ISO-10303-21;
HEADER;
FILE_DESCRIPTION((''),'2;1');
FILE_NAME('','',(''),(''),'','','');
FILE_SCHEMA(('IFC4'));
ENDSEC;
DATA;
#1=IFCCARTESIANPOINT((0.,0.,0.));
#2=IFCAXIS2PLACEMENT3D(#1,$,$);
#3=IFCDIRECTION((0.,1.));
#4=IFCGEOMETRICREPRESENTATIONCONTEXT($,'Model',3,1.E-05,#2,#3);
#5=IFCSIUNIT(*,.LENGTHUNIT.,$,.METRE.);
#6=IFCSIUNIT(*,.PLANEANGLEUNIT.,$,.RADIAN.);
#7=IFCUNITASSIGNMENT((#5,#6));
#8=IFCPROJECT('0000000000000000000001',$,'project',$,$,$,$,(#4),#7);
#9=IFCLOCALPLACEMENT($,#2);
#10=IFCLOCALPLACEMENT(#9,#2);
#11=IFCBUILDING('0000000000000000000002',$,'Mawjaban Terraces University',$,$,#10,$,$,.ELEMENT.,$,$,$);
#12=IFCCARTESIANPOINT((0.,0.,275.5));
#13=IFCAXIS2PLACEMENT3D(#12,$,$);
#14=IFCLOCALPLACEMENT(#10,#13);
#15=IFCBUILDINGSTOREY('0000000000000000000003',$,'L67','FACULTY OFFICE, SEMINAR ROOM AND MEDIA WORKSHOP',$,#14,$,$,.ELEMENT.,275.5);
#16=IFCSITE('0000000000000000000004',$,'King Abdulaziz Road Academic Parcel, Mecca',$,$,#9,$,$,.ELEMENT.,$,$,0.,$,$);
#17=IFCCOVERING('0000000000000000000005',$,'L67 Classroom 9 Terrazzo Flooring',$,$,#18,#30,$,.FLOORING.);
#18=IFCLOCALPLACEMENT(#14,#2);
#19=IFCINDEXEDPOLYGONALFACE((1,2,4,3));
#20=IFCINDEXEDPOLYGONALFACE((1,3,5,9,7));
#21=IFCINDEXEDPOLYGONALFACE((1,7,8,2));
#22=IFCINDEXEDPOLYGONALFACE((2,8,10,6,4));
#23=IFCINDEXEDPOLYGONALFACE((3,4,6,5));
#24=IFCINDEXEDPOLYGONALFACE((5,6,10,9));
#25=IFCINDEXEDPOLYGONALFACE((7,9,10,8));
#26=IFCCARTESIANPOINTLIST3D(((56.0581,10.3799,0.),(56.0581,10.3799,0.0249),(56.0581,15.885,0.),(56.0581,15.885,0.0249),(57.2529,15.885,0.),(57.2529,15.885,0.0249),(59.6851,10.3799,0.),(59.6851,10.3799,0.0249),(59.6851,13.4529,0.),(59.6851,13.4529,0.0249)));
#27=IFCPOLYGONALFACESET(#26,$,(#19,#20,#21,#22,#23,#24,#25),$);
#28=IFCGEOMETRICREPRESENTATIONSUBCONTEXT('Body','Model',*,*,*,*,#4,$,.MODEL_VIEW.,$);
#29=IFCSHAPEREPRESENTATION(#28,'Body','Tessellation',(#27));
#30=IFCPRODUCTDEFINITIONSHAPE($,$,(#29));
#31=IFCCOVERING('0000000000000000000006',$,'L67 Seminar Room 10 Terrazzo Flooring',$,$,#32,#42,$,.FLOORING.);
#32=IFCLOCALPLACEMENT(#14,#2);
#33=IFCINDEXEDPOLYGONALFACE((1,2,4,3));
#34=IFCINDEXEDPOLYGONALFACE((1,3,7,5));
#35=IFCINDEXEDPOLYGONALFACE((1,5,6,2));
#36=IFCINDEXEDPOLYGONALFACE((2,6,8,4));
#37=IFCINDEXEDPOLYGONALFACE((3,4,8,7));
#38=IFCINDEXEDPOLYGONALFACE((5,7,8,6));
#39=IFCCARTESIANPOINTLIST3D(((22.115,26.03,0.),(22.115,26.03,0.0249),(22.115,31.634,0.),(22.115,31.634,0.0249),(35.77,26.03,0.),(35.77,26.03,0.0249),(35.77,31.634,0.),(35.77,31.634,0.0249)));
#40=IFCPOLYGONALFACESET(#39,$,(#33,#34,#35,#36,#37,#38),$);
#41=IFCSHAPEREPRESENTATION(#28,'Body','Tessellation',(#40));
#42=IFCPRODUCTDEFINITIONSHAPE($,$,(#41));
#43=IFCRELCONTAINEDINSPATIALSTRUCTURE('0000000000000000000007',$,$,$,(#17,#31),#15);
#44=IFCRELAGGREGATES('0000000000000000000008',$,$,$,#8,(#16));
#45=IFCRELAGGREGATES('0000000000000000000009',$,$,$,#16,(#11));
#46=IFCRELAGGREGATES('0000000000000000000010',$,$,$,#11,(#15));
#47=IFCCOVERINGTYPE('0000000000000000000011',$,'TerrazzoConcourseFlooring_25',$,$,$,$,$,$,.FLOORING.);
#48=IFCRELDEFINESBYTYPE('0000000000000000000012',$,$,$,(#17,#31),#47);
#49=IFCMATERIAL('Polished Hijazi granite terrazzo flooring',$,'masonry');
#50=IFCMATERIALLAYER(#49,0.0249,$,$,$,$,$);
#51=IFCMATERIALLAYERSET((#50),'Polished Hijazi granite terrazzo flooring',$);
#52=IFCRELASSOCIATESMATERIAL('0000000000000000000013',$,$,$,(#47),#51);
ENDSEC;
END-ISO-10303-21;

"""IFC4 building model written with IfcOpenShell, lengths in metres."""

from ifc_helpers import new_model, si_unit, direction, frame, origin, place, context, subcontext, project, spatial, polyline, outline, extrude, material, layer, layer_set, type_object, element, save


model = new_model("IFC4")

# Units and contexts
model_context = context("Model", 3, precision=1e-05, world=origin(), true_north=direction((0.0, 1.0)))
body_context = subcontext(model_context, "Body", "Model", "MODEL_VIEW")
ifc_project = project(units=[si_unit("LENGTHUNIT", "METRE"), si_unit("PLANEANGLEUNIT", "RADIAN")], contexts=[model_context])

# Site, building, storey
site_placement = place(None, origin())
site = spatial("IfcSite", under=ifc_project, at=site_placement, Name="King Abdulaziz Road Academic Parcel, Mecca", CompositionType="ELEMENT", RefElevation=0.0)
building_placement = place(site_placement, origin())
building = spatial("IfcBuilding", under=site, at=building_placement, Name="Mawjaban Terraces University", CompositionType="ELEMENT")
storey_placement = place(building_placement, frame((0.0, 0.0, 275.5)))
storey = spatial("IfcBuildingStorey", under=building, at=storey_placement, Name="L67", Description="FACULTY OFFICE, SEMINAR ROOM AND MEDIA WORKSHOP", CompositionType="ELEMENT", Elevation=275.5)

# Coverings
ifc_material_1 = material(Name="Polished Hijazi granite terrazzo flooring", Category="masonry")
ifc_layer_1 = layer(ifc_material_1, 0.0249)
ifc_layer_set_1 = layer_set([ifc_layer_1], Name="Polished Hijazi granite terrazzo flooring")
covering_type_1 = type_object("IfcCoveringType", Name="TerrazzoConcourseFlooring_25", PredefinedType="FLOORING", material=ifc_layer_set_1)
covering_1_placement = place(storey_placement, origin())
element("IfcCovering", 1, at=covering_1_placement, inside=storey, type_object=covering_type_1, Name="L67 Classroom 9 Terrazzo Flooring", PredefinedType="FLOORING", context=body_context, shape_type="SweptSolid", body=[
    extrude(outline(polyline([(59.6851, 10.3799), (59.6851, 13.4529), (57.2529, 15.885), (56.0581, 15.885), (56.0581, 10.3799), (59.6851, 10.3799)])), origin(), (0.0, 0.0, 1.0), 0.0249),
])
covering_2_placement = place(storey_placement, origin())
element("IfcCovering", 2, at=covering_2_placement, inside=storey, type_object=covering_type_1, Name="L67 Seminar Room 10 Terrazzo Flooring", PredefinedType="FLOORING", context=body_context, shape_type="SweptSolid", body=[
    extrude(outline(polyline([(22.115, 31.634), (22.115, 26.03), (35.77, 26.03), (35.77, 31.634), (22.115, 31.634)])), origin(), (0.0, 0.0, 1.0), 0.0249),
])

save(model, "model.ifc")
